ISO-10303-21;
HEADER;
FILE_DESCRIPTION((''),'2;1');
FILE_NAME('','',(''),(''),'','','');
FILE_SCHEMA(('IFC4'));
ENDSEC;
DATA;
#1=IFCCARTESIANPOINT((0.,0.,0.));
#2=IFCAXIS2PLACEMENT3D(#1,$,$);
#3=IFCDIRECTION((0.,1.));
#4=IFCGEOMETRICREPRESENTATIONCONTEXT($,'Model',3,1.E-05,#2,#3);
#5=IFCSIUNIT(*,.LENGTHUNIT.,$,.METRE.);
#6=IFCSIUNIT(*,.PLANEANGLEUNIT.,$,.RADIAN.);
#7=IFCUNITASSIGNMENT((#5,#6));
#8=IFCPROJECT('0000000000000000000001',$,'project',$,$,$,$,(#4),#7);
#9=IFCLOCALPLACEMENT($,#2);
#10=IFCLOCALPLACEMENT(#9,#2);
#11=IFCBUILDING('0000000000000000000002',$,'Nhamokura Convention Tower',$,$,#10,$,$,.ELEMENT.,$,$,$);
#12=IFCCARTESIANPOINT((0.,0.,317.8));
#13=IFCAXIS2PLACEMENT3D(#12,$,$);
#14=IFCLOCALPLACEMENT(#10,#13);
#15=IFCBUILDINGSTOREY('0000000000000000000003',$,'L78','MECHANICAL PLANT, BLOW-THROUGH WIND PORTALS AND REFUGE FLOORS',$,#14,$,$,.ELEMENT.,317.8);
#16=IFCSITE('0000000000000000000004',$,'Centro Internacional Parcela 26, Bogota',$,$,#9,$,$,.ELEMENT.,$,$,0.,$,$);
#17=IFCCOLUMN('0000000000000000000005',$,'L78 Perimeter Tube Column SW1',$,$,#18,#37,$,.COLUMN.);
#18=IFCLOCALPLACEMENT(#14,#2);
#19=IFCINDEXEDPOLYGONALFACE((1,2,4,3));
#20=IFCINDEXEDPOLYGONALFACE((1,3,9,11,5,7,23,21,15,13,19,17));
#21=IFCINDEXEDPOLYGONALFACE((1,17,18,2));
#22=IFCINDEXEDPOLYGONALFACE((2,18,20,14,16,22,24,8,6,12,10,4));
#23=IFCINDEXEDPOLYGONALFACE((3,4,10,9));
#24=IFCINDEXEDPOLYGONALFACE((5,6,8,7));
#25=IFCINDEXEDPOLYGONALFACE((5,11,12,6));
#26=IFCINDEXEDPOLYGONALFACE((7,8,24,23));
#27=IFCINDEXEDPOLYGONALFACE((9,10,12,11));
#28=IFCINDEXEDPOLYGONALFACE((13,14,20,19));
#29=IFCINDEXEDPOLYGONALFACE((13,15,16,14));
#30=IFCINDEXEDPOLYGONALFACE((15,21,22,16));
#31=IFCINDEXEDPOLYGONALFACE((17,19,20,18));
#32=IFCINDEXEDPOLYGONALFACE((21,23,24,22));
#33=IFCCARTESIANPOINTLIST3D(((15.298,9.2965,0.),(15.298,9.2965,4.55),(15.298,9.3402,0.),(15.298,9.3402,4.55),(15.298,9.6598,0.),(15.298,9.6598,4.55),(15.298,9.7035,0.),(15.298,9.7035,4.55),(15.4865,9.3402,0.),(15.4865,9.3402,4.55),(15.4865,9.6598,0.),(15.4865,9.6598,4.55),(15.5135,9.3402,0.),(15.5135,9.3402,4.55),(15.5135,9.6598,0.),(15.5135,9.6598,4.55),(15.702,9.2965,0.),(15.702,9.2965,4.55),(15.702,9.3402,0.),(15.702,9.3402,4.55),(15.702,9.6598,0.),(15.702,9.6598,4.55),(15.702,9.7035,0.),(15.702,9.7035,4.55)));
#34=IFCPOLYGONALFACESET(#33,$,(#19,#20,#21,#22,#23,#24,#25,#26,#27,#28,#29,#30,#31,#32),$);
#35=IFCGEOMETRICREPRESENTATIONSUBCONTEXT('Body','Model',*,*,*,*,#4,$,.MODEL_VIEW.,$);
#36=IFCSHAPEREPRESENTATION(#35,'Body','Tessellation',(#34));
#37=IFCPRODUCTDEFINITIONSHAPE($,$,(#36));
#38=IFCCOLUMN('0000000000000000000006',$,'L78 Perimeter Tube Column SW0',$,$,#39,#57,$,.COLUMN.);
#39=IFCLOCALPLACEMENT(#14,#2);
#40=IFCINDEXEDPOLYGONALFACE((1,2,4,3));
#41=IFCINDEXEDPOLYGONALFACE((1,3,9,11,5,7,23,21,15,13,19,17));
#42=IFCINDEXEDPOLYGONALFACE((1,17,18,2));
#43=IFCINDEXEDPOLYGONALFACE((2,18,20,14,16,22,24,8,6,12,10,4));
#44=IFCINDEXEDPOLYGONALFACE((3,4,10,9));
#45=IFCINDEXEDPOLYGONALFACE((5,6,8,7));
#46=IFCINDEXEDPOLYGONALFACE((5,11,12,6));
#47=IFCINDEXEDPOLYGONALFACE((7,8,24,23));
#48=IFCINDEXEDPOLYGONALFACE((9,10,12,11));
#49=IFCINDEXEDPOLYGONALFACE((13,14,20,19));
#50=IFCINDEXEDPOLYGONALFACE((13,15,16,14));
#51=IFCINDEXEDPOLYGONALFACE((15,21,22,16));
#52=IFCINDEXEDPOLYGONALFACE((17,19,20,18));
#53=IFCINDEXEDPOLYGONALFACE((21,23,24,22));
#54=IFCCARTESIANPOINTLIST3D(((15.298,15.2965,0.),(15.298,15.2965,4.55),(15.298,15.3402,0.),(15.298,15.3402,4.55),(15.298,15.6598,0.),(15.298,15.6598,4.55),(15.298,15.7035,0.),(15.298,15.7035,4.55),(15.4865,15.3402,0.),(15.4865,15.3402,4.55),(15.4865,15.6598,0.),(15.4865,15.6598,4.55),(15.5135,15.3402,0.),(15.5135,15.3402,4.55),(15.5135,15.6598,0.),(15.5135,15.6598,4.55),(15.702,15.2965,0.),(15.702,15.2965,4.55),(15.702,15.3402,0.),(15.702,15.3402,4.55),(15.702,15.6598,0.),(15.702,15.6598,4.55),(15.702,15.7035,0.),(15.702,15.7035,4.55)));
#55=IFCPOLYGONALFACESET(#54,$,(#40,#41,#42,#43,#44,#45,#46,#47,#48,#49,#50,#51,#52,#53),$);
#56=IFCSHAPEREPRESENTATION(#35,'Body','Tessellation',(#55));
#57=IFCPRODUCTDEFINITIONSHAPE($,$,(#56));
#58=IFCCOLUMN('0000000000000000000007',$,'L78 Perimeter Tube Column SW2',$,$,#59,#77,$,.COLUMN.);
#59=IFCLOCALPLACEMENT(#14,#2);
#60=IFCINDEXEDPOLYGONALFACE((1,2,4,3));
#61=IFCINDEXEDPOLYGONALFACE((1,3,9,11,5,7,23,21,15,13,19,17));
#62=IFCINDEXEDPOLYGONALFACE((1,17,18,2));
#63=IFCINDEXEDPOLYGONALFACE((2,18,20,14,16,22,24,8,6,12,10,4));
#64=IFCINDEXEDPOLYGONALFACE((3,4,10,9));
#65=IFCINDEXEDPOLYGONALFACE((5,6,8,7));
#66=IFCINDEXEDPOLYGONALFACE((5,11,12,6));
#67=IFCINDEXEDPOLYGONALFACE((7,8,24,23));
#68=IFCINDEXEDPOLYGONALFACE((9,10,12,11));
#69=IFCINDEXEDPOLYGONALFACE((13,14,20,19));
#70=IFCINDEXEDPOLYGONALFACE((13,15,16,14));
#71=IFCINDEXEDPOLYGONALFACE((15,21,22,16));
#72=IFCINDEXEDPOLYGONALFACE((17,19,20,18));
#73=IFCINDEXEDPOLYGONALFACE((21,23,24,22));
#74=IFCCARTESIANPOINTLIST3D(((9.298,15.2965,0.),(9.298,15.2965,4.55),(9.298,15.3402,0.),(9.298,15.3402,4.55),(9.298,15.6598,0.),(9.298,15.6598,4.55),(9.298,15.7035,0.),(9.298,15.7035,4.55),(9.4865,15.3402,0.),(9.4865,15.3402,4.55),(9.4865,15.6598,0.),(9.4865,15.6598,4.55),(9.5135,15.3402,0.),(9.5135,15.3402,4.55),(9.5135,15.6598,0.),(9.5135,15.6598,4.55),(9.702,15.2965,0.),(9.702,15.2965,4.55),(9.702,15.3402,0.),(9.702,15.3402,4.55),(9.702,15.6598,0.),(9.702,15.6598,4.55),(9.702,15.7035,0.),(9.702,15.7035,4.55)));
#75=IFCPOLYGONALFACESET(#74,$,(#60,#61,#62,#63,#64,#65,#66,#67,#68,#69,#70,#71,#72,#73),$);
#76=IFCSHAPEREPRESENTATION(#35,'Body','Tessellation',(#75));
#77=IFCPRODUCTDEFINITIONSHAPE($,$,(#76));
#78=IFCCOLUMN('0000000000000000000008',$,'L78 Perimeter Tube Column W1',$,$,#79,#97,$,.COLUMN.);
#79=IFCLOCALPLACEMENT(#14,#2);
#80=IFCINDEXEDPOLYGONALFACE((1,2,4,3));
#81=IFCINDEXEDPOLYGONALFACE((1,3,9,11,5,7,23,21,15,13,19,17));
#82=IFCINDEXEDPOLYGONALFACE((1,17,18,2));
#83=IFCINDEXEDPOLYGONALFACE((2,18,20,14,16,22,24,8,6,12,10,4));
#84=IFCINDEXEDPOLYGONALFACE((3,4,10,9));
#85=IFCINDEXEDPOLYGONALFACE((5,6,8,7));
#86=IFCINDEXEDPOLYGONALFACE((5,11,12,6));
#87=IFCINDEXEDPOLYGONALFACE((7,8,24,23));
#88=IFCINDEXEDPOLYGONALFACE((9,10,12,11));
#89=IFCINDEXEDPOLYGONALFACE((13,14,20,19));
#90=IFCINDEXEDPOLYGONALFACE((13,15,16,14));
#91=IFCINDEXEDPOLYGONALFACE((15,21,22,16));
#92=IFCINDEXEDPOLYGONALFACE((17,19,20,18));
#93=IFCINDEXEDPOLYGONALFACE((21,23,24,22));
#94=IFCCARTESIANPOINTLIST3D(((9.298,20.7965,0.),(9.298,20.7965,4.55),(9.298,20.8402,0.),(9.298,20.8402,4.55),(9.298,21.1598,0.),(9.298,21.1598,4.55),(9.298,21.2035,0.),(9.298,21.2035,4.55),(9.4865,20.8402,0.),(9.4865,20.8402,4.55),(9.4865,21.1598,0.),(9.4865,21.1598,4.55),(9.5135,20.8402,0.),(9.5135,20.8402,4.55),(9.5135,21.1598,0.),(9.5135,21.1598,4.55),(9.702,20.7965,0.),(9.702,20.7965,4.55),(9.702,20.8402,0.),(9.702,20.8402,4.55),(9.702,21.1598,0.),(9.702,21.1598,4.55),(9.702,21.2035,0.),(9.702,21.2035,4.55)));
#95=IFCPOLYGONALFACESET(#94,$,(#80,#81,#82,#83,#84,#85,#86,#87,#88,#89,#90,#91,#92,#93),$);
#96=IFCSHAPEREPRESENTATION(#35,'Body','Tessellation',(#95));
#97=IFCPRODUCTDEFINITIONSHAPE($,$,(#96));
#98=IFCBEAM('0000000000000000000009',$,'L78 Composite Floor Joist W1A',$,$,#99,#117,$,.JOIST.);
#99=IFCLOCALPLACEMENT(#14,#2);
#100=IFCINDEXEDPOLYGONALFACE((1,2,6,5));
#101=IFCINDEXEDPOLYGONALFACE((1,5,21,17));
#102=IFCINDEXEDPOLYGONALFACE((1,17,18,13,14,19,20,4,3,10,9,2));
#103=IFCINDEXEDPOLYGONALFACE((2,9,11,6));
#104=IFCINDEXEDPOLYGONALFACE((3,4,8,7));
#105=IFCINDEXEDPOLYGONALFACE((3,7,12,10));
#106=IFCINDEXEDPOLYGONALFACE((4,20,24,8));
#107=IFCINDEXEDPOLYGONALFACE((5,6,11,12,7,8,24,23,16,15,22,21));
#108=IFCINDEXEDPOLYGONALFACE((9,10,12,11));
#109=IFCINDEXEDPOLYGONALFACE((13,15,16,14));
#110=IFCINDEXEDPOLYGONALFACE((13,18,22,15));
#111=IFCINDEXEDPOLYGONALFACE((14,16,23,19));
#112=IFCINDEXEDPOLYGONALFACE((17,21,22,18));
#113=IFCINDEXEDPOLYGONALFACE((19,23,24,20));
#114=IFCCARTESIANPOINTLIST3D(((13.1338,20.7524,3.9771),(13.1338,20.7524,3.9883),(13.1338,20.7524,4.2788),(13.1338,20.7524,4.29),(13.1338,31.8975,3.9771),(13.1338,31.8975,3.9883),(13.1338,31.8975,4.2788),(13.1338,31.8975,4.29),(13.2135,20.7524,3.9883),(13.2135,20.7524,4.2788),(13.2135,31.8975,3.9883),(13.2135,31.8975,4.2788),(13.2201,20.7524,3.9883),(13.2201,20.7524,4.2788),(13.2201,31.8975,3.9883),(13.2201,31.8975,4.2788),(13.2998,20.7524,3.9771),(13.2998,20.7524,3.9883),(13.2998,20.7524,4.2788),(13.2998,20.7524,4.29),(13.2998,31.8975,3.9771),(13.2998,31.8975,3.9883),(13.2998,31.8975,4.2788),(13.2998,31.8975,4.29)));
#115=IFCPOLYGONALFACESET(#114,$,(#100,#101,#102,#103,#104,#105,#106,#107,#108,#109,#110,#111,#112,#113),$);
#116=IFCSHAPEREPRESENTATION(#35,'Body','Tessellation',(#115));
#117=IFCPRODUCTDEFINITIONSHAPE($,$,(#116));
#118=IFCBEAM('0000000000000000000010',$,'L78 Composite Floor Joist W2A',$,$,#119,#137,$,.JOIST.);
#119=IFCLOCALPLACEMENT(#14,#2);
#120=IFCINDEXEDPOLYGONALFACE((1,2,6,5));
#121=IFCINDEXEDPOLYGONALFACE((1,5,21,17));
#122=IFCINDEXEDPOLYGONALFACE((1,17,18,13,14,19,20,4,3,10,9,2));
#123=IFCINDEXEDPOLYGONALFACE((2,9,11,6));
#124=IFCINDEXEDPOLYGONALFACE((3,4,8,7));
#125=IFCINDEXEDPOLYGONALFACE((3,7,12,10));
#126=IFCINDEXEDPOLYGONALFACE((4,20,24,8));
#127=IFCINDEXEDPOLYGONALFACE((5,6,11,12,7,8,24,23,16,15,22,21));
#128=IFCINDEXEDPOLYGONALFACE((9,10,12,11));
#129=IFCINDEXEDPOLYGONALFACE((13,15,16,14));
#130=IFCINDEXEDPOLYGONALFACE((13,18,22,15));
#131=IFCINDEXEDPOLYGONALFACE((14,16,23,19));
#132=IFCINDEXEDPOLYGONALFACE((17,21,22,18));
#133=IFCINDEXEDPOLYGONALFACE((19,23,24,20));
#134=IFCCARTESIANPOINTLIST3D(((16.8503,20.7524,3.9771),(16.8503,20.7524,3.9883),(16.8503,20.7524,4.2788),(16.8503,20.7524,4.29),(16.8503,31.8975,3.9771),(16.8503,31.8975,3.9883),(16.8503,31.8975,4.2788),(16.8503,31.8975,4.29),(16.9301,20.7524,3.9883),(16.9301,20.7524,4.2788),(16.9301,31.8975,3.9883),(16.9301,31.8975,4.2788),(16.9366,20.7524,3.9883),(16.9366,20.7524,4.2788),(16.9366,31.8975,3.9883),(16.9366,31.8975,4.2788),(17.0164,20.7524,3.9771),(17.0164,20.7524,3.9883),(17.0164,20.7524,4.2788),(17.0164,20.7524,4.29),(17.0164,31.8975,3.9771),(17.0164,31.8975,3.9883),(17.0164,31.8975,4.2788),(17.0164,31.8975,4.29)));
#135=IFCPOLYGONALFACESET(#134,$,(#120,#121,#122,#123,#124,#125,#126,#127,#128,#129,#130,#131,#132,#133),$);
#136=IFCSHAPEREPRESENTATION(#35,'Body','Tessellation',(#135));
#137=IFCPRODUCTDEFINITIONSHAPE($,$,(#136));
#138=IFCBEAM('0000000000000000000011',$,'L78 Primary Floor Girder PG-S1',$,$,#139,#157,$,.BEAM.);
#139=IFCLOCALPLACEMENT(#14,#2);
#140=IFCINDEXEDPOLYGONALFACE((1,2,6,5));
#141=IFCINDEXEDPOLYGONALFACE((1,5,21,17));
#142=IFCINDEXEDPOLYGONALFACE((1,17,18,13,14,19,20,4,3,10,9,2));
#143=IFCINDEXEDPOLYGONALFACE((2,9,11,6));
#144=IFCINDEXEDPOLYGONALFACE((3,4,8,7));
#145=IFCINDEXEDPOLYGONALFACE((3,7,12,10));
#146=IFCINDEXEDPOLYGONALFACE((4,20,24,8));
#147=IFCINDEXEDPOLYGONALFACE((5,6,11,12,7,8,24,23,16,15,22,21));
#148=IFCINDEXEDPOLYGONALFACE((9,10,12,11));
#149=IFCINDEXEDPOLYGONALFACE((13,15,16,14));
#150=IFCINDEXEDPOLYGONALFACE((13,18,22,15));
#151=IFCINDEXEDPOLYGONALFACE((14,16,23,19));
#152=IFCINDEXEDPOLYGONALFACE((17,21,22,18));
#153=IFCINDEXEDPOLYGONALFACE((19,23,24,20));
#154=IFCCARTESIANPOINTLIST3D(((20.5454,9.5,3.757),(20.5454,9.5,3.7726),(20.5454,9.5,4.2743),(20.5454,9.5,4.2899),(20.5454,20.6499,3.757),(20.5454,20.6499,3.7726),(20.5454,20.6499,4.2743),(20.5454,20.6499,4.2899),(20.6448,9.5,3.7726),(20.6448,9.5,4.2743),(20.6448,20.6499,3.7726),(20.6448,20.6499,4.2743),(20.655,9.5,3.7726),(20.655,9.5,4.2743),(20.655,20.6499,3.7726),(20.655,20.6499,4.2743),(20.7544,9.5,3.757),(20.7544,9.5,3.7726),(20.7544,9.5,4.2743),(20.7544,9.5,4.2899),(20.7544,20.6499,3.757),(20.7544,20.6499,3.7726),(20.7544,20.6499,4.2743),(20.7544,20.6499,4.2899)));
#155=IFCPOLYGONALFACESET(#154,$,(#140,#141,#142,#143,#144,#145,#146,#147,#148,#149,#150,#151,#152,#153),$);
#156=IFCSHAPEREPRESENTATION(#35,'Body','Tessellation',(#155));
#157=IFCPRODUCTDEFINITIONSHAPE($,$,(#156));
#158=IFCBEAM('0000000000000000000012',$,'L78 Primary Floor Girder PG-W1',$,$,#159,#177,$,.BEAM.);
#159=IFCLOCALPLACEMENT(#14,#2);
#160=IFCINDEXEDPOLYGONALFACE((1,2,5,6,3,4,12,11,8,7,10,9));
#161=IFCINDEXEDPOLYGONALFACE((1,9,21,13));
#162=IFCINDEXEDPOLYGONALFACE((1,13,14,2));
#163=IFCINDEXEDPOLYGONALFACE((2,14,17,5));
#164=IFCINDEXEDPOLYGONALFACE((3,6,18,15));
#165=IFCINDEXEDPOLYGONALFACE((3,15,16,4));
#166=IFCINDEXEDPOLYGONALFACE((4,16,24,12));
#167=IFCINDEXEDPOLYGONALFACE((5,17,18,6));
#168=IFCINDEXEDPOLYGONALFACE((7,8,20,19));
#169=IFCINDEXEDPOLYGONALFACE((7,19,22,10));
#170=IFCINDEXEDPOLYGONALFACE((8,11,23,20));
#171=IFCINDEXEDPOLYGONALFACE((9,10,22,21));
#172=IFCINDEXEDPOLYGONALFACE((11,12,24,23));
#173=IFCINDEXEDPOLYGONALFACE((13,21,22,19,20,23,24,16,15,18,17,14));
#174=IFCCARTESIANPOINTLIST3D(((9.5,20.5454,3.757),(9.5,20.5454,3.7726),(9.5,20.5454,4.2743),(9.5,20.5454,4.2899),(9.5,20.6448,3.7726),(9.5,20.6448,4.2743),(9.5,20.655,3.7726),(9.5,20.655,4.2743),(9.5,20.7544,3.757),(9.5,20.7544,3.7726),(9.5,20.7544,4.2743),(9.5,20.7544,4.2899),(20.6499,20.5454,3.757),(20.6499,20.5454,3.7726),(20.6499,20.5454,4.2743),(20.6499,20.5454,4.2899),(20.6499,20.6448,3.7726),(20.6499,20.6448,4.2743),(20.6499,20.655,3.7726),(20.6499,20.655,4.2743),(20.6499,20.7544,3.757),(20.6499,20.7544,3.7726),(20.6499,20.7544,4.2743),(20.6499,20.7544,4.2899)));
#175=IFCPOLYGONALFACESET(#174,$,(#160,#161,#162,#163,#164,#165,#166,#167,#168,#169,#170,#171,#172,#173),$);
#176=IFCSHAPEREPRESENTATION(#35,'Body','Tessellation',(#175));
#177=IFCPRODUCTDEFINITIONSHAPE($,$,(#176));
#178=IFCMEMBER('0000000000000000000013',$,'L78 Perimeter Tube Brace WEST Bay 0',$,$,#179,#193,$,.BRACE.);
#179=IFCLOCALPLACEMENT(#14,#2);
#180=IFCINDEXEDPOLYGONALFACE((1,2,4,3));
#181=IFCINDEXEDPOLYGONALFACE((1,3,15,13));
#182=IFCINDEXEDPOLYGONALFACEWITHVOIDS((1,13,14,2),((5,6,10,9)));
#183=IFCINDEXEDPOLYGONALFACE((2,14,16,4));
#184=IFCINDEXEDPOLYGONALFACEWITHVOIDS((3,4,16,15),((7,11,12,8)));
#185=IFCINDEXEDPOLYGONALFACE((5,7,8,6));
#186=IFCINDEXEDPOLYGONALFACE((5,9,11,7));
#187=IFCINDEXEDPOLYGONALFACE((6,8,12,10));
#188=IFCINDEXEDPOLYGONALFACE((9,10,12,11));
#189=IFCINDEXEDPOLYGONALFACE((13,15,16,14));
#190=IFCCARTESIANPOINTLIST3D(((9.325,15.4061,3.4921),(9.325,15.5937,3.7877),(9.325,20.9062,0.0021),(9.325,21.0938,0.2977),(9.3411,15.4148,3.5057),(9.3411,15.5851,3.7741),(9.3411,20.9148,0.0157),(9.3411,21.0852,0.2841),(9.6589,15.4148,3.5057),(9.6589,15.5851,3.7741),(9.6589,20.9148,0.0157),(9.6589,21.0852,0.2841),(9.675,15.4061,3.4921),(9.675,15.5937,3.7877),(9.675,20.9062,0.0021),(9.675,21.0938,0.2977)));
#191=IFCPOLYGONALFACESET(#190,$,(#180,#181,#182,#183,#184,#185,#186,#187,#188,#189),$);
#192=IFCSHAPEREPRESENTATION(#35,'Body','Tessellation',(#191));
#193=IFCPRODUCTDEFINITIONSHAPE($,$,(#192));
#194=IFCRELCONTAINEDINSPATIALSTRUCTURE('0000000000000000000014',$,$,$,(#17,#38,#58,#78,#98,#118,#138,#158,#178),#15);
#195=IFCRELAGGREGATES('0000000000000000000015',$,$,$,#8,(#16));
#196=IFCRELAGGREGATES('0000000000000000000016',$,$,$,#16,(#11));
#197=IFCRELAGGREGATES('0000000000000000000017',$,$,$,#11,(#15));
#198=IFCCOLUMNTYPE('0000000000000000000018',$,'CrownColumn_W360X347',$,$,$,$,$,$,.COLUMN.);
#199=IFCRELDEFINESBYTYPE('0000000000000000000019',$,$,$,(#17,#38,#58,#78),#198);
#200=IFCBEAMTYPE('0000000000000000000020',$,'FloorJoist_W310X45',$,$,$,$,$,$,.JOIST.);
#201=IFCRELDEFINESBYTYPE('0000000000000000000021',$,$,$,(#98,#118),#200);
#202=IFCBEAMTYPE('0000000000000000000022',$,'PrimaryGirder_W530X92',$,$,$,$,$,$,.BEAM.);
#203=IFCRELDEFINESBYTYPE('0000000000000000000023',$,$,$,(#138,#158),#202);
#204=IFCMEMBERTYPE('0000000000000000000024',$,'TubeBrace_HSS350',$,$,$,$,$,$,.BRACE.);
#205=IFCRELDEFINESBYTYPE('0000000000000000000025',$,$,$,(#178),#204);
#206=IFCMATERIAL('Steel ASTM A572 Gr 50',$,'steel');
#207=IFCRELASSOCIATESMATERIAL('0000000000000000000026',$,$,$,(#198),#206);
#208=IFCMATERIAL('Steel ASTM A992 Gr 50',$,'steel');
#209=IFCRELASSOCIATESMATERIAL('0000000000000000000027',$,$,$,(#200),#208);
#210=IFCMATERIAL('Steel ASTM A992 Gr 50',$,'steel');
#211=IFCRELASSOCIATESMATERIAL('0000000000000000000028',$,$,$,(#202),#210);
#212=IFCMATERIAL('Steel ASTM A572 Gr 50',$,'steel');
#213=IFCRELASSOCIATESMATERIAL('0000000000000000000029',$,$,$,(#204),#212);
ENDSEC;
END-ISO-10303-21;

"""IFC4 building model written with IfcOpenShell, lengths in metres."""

from ifc_helpers import new_model, si_unit, direction, frame, origin, origin_2d, place, context, subcontext, project, spatial, hollow_rectangle, i_section, extrude, material, material_profile, profile_set, type_object, element, save


model = new_model("IFC4")

# Units and contexts
model_context = context("Model", 3, precision=1e-05, world=origin(), true_north=direction((0.0, 1.0)))
body_context = subcontext(model_context, "Body", "Model", "MODEL_VIEW")
ifc_project = project(units=[si_unit("LENGTHUNIT", "METRE"), si_unit("PLANEANGLEUNIT", "RADIAN")], contexts=[model_context])

# Site, building, storey
site_placement = place(None, origin())
site = spatial("IfcSite", under=ifc_project, at=site_placement, Name="Centro Internacional Parcela 26, Bogota", CompositionType="ELEMENT", RefElevation=0.0)
building_placement = place(site_placement, origin())
building = spatial("IfcBuilding", under=site, at=building_placement, Name="Nhamokura Convention Tower", CompositionType="ELEMENT")
storey_placement = place(building_placement, frame((0.0, 0.0, 317.8)))
storey = spatial("IfcBuildingStorey", under=building, at=storey_placement, Name="L78", Description="MECHANICAL PLANT, BLOW-THROUGH WIND PORTALS AND REFUGE FLOORS", CompositionType="ELEMENT", Elevation=317.8)

# Columns
ifc_material_1 = material(Name="Steel ASTM A572 Gr 50", Category="steel")
ifc_material_profile_1 = material_profile(ifc_material_1, i_section(OverallWidth=0.4041, OverallDepth=0.407, WebThickness=0.0271, FlangeThickness=0.0437, at=origin_2d()))
ifc_profile_set_1 = profile_set([ifc_material_profile_1], Name="Steel ASTM A572 Gr 50")
column_type = type_object("IfcColumnType", Name="CrownColumn_W360X347", PredefinedType="COLUMN", material=ifc_profile_set_1)
for number, where, z_axis, x_axis, name in (
    (1, (15.5, 9.5, 0.0), (0.0, 0.0, 1.0), (1.0, 0.0, 0.0), "L78 Perimeter Tube Column SW1"),
    (2, (15.5, 15.5, 0.0), (0.0, 0.0, 1.0), (1.0, 0.0, 0.0), "L78 Perimeter Tube Column SW0"),
    (3, (9.5, 15.5, 0.0), (0.0, 0.0, 1.0), (1.0, 0.0, 0.0), "L78 Perimeter Tube Column SW2"),
    (4, (9.5, 21.0, 0.0), (0.0, 0.0, 1.0), (1.0, 0.0, 0.0), "L78 Perimeter Tube Column W1"),
):
    element("IfcColumn", number, at=place(storey_placement, frame(where, z_axis=z_axis, x_axis=x_axis)), inside=storey, type_object=column_type, Name=name, PredefinedType="COLUMN", context=body_context, shape_type="SweptSolid", body=[
        extrude(i_section(OverallWidth=0.4041, OverallDepth=0.407, WebThickness=0.0271, FlangeThickness=0.0437, at=origin_2d()), origin(), (0.0, 0.0, 1.0), 4.55),
    ])

# Beams
ifc_material_2 = material(Name="Steel ASTM A992 Gr 50", Category="steel")
ifc_material_profile_2 = material_profile(ifc_material_2, i_section(OverallWidth=0.166, OverallDepth=0.313, WebThickness=0.0066, FlangeThickness=0.0112, at=origin_2d()))
ifc_profile_set_2 = profile_set([ifc_material_profile_2], Name="Steel ASTM A992 Gr 50")
beam_type_1 = type_object("IfcBeamType", Name="FloorJoist_W310X45", PredefinedType="JOIST", material=ifc_profile_set_2)
for number, where, z_axis, x_axis, name in (
    (5, (13.2168, 20.7524, 4.1335), (0.0, 1.0, 0.0), (-1.0, 0.0, 0.0), "L78 Composite Floor Joist W1A"),
    (6, (16.9333, 20.7524, 4.1335), (0.0, 1.0, 0.0), (-1.0, 0.0, 0.0), "L78 Composite Floor Joist W2A"),
):
    element("IfcBeam", number, at=place(storey_placement, frame(where, z_axis=z_axis, x_axis=x_axis)), inside=storey, type_object=beam_type_1, Name=name, PredefinedType="JOIST", context=body_context, shape_type="SweptSolid", body=[
        extrude(i_section(OverallWidth=0.166, OverallDepth=0.313, WebThickness=0.0066, FlangeThickness=0.0112, at=origin_2d()), origin(), (0.0, 0.0, 1.0), 11.145),
    ])
ifc_material_3 = material(Name="Steel ASTM A992 Gr 50", Category="steel")
ifc_material_profile_3 = material_profile(ifc_material_3, i_section(OverallWidth=0.209, OverallDepth=0.533, WebThickness=0.0103, FlangeThickness=0.0156, at=origin_2d()))
ifc_profile_set_3 = profile_set([ifc_material_profile_3], Name="Steel ASTM A992 Gr 50")
beam_type_2 = type_object("IfcBeamType", Name="PrimaryGirder_W530X92", PredefinedType="BEAM", material=ifc_profile_set_3)
for number, where, z_axis, x_axis, name in (
    (7, (20.6499, 9.5, 4.0234), (0.0, 1.0, 0.0), (-1.0, 0.0, 0.0), "L78 Primary Floor Girder PG-S1"),
    (8, (9.5, 20.6499, 4.0234), (1.0, 0.0, 0.0), (0.0, 1.0, 0.0), "L78 Primary Floor Girder PG-W1"),
):
    element("IfcBeam", number, at=place(storey_placement, frame(where, z_axis=z_axis, x_axis=x_axis)), inside=storey, type_object=beam_type_2, Name=name, PredefinedType="BEAM", context=body_context, shape_type="SweptSolid", body=[
        extrude(i_section(OverallWidth=0.209, OverallDepth=0.533, WebThickness=0.0103, FlangeThickness=0.0156, at=origin_2d()), origin(), (0.0, 0.0, 1.0), 11.1499),
    ])

# Member
ifc_material_4 = material(Name="Steel ASTM A572 Gr 50", Category="steel")
ifc_material_profile_4 = material_profile(ifc_material_4, hollow_rectangle(XDim=0.3501, YDim=0.3501, WallThickness=0.0161, at=origin_2d()))
ifc_profile_set_4 = profile_set([ifc_material_profile_4], Name="Steel ASTM A572 Gr 50")
member_type = type_object("IfcMemberType", Name="TubeBrace_HSS350", PredefinedType="BRACE", material=ifc_profile_set_4)
member_placement = place(storey_placement, frame((9.5, 21.0, 0.1499), z_axis=(0.0, -0.844357, 0.535781), x_axis=(1.0, 0.0, 0.0)))
element("IfcMember", 9, at=member_placement, inside=storey, type_object=member_type, Name="L78 Perimeter Tube Brace WEST Bay 0", PredefinedType="BRACE", context=body_context, shape_type="SweptSolid", body=[
    extrude(hollow_rectangle(XDim=0.3501, YDim=0.3501, WallThickness=0.0161, at=origin_2d()), origin(), (0.0, 0.0, 1.0), 6.5139),
])

save(model, "model.ifc")
